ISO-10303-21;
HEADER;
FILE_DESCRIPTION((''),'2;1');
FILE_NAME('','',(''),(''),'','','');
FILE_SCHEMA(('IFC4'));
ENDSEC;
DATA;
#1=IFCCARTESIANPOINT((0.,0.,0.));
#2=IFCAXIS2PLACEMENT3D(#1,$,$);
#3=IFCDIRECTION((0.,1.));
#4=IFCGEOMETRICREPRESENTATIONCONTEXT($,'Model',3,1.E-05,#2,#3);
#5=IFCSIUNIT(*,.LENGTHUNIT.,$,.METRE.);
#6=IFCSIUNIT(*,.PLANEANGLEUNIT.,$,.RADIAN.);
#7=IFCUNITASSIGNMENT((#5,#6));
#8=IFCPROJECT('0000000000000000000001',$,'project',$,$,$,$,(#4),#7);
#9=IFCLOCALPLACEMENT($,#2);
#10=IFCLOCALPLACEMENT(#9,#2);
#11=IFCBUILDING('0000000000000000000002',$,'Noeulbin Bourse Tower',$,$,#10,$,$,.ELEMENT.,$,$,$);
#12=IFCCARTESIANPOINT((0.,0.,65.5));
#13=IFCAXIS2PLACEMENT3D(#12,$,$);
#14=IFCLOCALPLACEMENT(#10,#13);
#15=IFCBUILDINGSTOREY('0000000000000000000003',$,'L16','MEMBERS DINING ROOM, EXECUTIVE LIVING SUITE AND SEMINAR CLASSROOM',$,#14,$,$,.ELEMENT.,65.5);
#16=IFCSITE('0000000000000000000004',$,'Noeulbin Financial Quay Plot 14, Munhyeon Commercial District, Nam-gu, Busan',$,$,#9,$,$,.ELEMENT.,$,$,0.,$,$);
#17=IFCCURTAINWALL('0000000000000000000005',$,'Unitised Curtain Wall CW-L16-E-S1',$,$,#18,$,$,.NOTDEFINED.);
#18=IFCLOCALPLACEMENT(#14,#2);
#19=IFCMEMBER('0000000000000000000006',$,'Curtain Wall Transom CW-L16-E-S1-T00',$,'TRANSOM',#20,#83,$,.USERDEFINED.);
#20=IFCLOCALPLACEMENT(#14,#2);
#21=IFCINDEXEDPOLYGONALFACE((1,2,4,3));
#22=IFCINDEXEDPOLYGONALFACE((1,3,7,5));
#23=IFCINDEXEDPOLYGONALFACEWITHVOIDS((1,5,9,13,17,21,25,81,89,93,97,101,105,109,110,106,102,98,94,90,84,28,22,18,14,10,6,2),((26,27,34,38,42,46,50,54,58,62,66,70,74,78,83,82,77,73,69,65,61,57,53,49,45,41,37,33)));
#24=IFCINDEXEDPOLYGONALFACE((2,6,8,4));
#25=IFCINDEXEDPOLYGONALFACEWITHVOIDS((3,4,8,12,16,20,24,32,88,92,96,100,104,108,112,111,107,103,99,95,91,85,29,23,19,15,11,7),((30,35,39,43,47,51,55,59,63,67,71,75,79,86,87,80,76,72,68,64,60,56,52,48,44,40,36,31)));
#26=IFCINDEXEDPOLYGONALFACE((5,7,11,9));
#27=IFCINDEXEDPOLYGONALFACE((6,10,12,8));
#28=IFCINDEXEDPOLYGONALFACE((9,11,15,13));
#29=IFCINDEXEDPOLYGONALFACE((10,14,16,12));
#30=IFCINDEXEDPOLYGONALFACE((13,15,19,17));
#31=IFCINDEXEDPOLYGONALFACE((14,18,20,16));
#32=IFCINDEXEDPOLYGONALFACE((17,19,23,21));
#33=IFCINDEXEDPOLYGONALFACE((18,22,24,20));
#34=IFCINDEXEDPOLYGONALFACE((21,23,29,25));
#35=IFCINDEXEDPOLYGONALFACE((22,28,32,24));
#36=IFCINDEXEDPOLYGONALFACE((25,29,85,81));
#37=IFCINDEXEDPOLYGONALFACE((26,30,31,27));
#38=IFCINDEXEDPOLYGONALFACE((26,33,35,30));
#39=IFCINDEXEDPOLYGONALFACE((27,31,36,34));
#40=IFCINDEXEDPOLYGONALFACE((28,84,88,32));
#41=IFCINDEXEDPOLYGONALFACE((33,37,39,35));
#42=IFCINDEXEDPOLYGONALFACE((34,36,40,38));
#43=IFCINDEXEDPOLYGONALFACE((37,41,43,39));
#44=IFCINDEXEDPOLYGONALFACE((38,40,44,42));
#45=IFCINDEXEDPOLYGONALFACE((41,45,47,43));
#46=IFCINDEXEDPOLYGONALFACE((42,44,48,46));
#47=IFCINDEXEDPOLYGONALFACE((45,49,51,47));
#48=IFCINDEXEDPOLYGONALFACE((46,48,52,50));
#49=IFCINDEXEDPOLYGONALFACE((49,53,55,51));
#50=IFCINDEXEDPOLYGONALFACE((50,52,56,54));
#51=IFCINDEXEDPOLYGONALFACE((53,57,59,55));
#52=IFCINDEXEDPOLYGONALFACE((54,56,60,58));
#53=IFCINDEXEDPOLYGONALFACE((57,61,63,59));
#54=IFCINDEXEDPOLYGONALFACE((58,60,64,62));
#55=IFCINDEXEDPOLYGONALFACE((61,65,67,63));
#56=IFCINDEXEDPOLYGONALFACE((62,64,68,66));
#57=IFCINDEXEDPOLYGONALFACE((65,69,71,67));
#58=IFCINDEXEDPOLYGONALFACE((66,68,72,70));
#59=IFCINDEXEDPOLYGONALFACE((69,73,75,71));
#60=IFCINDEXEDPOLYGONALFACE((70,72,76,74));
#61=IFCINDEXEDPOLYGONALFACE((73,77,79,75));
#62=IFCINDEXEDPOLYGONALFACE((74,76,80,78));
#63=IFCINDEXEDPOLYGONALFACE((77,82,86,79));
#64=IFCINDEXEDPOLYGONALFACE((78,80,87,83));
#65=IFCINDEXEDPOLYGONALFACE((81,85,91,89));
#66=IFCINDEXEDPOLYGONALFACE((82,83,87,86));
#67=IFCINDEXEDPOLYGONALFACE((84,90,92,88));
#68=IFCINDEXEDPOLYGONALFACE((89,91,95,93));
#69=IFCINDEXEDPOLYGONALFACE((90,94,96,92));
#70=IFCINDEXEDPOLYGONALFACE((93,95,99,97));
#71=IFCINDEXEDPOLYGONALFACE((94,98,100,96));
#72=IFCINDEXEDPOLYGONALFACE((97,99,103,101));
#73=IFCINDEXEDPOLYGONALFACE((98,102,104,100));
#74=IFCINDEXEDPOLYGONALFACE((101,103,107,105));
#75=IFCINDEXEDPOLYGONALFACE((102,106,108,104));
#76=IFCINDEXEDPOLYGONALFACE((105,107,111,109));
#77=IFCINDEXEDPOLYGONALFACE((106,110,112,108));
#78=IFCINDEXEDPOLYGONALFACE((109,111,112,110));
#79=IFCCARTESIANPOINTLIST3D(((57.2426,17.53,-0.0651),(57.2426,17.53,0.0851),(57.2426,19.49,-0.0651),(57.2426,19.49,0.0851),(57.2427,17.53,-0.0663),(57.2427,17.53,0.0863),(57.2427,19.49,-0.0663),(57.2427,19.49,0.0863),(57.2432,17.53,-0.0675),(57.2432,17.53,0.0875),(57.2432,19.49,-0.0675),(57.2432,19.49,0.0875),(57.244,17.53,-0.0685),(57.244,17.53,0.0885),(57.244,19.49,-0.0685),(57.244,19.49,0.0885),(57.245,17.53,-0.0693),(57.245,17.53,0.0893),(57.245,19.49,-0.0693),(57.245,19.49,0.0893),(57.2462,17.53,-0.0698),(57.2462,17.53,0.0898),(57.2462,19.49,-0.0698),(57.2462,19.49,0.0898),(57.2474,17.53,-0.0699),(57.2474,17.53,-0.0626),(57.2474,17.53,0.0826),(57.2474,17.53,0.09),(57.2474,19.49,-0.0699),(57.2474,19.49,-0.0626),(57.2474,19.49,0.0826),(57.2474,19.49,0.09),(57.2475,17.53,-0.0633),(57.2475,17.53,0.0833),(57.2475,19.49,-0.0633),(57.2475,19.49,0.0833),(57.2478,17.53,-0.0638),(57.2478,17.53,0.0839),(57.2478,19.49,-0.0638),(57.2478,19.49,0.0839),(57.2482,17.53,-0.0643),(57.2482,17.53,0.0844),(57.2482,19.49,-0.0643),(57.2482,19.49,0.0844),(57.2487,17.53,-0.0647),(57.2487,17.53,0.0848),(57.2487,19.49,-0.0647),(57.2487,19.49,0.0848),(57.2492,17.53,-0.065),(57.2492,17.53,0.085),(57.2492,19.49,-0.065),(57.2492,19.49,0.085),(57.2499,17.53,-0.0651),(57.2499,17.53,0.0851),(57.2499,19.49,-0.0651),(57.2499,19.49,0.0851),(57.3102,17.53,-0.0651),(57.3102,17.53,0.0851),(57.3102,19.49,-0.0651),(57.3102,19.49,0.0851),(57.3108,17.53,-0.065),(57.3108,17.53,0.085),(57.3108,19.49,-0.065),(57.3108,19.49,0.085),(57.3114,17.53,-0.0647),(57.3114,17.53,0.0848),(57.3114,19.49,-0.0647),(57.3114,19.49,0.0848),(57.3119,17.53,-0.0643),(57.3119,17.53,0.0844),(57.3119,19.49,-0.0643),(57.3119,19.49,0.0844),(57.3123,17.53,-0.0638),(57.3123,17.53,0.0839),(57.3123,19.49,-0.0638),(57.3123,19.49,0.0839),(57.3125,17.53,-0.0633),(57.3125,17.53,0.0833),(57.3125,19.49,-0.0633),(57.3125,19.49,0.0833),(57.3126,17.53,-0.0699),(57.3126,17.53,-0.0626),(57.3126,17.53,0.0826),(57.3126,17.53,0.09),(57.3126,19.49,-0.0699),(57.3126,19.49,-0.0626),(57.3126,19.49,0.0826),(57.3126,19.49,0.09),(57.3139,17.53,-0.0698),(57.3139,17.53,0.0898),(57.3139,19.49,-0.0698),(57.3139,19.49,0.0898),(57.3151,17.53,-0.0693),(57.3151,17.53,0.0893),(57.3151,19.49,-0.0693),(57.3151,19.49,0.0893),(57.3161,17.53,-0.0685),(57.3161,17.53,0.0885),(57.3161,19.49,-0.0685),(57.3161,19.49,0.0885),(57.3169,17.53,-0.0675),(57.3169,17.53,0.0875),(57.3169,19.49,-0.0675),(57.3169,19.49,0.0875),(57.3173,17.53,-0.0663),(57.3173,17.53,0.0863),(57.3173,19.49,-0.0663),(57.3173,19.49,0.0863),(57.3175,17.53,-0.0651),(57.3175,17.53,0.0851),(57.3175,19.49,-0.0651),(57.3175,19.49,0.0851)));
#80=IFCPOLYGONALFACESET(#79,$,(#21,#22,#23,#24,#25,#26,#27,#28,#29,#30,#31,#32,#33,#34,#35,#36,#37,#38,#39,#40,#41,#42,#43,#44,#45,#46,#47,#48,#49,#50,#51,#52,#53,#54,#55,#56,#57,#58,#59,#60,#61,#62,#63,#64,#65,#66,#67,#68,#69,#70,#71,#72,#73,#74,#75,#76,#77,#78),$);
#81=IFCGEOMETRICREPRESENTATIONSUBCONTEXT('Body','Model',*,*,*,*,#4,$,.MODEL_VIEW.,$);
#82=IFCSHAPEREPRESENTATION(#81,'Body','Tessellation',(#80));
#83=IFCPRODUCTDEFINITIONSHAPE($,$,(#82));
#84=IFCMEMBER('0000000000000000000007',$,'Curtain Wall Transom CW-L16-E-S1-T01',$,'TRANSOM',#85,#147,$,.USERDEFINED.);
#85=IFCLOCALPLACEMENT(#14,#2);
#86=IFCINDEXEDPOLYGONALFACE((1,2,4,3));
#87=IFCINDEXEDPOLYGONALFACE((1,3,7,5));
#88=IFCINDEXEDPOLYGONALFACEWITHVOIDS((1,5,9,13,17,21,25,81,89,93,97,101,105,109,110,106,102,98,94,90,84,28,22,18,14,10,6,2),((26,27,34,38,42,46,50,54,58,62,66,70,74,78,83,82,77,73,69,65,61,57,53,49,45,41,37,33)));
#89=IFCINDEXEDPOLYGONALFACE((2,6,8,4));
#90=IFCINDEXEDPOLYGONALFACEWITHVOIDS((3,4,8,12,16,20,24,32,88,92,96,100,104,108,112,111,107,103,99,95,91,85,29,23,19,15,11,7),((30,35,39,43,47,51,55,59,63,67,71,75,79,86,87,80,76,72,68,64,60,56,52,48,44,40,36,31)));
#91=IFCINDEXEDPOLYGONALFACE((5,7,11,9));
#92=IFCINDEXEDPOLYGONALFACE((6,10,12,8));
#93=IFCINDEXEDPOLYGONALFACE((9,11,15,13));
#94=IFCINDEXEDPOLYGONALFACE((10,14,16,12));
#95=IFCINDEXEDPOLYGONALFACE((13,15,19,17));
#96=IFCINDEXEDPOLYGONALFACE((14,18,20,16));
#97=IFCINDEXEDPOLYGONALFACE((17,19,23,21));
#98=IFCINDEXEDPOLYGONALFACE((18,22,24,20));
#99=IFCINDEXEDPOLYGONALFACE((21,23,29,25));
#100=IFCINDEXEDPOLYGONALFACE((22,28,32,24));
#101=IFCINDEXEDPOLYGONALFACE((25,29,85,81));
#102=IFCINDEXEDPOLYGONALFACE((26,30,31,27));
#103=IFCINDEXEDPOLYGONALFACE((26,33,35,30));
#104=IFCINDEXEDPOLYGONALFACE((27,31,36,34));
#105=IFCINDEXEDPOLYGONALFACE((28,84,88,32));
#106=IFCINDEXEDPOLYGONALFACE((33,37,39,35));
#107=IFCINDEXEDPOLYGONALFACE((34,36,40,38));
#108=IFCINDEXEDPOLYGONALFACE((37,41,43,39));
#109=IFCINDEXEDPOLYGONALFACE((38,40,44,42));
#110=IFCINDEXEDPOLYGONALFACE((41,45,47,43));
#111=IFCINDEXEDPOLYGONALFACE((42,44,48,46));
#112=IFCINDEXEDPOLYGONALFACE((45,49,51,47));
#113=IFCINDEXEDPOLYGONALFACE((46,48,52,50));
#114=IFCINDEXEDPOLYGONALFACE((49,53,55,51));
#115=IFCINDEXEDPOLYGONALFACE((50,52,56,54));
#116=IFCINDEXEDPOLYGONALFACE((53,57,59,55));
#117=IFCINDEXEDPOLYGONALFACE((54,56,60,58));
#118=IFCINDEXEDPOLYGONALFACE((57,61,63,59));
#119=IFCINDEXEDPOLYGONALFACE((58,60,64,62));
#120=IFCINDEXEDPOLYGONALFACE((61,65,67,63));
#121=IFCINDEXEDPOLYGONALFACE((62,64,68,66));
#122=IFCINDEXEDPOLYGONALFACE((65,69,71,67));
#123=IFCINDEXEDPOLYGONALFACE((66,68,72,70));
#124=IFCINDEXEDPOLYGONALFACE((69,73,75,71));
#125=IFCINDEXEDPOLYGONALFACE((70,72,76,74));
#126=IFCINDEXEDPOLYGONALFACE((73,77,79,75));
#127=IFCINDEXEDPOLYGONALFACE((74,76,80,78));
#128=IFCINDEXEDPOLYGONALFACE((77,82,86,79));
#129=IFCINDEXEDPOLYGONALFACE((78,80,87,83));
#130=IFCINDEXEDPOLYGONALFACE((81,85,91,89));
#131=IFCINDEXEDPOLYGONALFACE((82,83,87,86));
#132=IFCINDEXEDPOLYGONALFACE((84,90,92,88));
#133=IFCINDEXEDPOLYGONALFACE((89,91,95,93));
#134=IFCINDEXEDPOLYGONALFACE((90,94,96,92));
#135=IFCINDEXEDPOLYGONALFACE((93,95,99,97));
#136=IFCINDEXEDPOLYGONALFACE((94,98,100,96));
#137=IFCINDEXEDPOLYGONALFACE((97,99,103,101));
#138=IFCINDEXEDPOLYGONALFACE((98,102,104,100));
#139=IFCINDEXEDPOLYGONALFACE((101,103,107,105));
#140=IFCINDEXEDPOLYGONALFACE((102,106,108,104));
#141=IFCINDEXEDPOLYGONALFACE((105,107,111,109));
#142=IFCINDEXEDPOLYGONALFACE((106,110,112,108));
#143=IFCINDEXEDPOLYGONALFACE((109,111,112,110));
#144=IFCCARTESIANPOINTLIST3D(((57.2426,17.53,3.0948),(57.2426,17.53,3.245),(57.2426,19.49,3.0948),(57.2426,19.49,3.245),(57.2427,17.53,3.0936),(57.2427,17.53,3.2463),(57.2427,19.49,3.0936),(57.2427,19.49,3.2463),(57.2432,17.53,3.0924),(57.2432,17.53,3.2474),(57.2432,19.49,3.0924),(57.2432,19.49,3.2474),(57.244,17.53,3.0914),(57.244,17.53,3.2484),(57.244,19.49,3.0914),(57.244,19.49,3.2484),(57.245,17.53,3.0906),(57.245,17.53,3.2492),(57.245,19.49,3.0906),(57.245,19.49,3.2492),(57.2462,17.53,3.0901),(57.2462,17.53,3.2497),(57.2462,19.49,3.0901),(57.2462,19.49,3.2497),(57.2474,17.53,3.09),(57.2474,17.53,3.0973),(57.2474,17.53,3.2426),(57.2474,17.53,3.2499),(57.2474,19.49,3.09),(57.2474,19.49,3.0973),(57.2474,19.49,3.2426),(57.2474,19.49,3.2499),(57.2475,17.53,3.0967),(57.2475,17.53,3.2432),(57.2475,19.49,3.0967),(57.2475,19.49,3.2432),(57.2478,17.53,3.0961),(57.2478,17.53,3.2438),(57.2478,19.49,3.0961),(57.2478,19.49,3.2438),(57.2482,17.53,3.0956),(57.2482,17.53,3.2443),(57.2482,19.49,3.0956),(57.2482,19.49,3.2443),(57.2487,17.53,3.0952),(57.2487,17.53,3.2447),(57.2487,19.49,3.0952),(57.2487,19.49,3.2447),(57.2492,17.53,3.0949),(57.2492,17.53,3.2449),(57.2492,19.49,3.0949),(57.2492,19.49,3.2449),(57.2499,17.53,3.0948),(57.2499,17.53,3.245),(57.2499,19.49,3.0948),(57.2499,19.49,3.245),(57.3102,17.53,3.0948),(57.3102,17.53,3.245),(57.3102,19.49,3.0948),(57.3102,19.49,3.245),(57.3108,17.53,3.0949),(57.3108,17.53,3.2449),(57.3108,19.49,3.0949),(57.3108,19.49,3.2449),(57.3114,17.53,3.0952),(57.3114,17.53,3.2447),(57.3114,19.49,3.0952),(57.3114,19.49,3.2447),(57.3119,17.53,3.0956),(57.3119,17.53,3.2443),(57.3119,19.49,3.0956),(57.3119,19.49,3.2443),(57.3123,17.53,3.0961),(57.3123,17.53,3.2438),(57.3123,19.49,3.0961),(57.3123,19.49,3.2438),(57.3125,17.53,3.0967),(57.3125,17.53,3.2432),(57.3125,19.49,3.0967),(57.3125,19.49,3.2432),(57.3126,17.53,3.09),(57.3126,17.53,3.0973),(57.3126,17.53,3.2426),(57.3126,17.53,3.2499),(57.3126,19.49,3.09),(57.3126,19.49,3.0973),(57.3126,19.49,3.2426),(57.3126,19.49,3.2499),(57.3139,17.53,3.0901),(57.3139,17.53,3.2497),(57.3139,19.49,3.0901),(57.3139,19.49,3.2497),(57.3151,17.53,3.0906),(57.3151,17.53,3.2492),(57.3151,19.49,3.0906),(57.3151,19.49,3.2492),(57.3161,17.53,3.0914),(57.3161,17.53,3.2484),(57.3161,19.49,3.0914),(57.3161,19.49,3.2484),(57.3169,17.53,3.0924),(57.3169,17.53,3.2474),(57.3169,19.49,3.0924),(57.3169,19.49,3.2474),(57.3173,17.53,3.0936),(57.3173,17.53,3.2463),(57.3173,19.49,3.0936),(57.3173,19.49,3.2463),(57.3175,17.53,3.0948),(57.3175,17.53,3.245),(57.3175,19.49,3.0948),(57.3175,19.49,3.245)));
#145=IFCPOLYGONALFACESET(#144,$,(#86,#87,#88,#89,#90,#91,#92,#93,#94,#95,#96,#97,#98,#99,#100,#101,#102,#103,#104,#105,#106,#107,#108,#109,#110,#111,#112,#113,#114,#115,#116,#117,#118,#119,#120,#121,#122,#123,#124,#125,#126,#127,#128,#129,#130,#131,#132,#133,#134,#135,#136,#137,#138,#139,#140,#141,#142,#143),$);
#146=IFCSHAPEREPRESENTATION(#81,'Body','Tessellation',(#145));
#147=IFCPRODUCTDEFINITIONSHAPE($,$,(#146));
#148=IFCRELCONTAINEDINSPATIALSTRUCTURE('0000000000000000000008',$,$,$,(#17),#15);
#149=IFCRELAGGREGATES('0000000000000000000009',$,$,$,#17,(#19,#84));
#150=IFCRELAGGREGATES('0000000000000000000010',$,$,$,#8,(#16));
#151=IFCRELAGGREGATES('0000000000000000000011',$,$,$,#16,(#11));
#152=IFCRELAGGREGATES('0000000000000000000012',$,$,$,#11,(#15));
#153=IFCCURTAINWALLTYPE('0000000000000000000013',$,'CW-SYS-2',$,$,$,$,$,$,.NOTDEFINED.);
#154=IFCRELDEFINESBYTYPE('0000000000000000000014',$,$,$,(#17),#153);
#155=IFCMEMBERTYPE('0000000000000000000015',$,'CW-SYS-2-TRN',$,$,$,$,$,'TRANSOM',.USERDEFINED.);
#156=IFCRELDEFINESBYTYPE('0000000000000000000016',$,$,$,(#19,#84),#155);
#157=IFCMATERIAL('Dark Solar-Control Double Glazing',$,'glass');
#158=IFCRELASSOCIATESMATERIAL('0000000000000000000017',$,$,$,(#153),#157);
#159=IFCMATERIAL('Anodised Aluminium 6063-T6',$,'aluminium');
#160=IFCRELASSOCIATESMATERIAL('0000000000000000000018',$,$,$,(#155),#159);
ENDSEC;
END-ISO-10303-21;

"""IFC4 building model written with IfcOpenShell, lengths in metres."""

from ifc_helpers import new_model, si_unit, direction, frame, origin, origin_2d, place, context, subcontext, project, spatial, hollow_rectangle, extrude, material, material_profile, profile_set, type_object, element, aggregate, save


model = new_model("IFC4")

# Units and contexts
model_context = context("Model", 3, precision=1e-05, world=origin(), true_north=direction((0.0, 1.0)))
body_context = subcontext(model_context, "Body", "Model", "MODEL_VIEW")
ifc_project = project(units=[si_unit("LENGTHUNIT", "METRE"), si_unit("PLANEANGLEUNIT", "RADIAN")], contexts=[model_context])

# Site, building, storey
site_placement = place(None, origin())
site = spatial("IfcSite", under=ifc_project, at=site_placement, Name="Noeulbin Financial Quay Plot 14, Munhyeon Commercial District, Nam-gu, Busan", CompositionType="ELEMENT", RefElevation=0.0)
building_placement = place(site_placement, origin())
building = spatial("IfcBuilding", under=site, at=building_placement, Name="Noeulbin Bourse Tower", CompositionType="ELEMENT")
storey_placement = place(building_placement, frame((0.0, 0.0, 65.5)))
storey = spatial("IfcBuildingStorey", under=building, at=storey_placement, Name="L16", Description="MEMBERS DINING ROOM, EXECUTIVE LIVING SUITE AND SEMINAR CLASSROOM", CompositionType="ELEMENT", Elevation=65.5)

# Curtain wall
ifc_material_1 = material(Name="Dark Solar-Control Double Glazing", Category="glass")
curtain_wall_type = type_object("IfcCurtainWallType", Name="CW-SYS-2", PredefinedType="NOTDEFINED", material=ifc_material_1)
ifc_material_2 = material(Name="Anodised Aluminium 6063-T6", Category="aluminium")
curtain_wall_1_placement = place(storey_placement, origin())
curtain_wall_1 = element("IfcCurtainWall", 1, at=curtain_wall_1_placement, inside=storey, type_object=curtain_wall_type, Name="Unitised Curtain Wall CW-L16-E-S1", PredefinedType="NOTDEFINED")

# Members
ifc_material_profile_1 = material_profile(ifc_material_2, hollow_rectangle(XDim=0.075, YDim=0.1599, WallThickness=0.0049, InnerFilletRadius=0.0024, OuterFilletRadius=0.0049, at=origin_2d()), Name="ALU-TRAN-75x160x5", Category="LoadBearing")
ifc_profile_set_1 = profile_set([ifc_material_profile_1], Name="Anodised Aluminium 6063-T6")
member_type_1 = type_object("IfcMemberType", Name="CW-SYS-2-TRN", ElementType="TRANSOM", PredefinedType="USERDEFINED", material=ifc_profile_set_1)
member_1_placement = place(storey_placement, frame((57.28, 17.53, 0.01), z_axis=(0.0, 1.0, 0.0), x_axis=(-1.0, 0.0, 0.0)))
member_1 = element("IfcMember", 2, at=member_1_placement, type_object=member_type_1, Name="Curtain Wall Transom CW-L16-E-S1-T00", ObjectType="TRANSOM", PredefinedType="USERDEFINED", context=body_context, shape_type="SweptSolid", body=[
    extrude(hollow_rectangle(XDim=0.075, YDim=0.1599, WallThickness=0.0049, InnerFilletRadius=0.0024, OuterFilletRadius=0.0049, at=origin_2d()), origin(), (0.0, 0.0, 1.0), 1.96),
])
member_2_placement = place(storey_placement, frame((57.28, 17.53, 3.1699), z_axis=(0.0, 1.0, 0.0), x_axis=(-1.0, 0.0, 0.0)))
member_2 = element("IfcMember", 3, at=member_2_placement, type_object=member_type_1, Name="Curtain Wall Transom CW-L16-E-S1-T01", ObjectType="TRANSOM", PredefinedType="USERDEFINED", context=body_context, shape_type="SweptSolid", body=[
    extrude(hollow_rectangle(XDim=0.075, YDim=0.1599, WallThickness=0.0049, InnerFilletRadius=0.0024, OuterFilletRadius=0.0049, at=origin_2d()), origin(), (0.0, 0.0, 1.0), 1.96),
])

aggregate(curtain_wall_1, [member_1, member_2])

save(model, "model.ifc")
